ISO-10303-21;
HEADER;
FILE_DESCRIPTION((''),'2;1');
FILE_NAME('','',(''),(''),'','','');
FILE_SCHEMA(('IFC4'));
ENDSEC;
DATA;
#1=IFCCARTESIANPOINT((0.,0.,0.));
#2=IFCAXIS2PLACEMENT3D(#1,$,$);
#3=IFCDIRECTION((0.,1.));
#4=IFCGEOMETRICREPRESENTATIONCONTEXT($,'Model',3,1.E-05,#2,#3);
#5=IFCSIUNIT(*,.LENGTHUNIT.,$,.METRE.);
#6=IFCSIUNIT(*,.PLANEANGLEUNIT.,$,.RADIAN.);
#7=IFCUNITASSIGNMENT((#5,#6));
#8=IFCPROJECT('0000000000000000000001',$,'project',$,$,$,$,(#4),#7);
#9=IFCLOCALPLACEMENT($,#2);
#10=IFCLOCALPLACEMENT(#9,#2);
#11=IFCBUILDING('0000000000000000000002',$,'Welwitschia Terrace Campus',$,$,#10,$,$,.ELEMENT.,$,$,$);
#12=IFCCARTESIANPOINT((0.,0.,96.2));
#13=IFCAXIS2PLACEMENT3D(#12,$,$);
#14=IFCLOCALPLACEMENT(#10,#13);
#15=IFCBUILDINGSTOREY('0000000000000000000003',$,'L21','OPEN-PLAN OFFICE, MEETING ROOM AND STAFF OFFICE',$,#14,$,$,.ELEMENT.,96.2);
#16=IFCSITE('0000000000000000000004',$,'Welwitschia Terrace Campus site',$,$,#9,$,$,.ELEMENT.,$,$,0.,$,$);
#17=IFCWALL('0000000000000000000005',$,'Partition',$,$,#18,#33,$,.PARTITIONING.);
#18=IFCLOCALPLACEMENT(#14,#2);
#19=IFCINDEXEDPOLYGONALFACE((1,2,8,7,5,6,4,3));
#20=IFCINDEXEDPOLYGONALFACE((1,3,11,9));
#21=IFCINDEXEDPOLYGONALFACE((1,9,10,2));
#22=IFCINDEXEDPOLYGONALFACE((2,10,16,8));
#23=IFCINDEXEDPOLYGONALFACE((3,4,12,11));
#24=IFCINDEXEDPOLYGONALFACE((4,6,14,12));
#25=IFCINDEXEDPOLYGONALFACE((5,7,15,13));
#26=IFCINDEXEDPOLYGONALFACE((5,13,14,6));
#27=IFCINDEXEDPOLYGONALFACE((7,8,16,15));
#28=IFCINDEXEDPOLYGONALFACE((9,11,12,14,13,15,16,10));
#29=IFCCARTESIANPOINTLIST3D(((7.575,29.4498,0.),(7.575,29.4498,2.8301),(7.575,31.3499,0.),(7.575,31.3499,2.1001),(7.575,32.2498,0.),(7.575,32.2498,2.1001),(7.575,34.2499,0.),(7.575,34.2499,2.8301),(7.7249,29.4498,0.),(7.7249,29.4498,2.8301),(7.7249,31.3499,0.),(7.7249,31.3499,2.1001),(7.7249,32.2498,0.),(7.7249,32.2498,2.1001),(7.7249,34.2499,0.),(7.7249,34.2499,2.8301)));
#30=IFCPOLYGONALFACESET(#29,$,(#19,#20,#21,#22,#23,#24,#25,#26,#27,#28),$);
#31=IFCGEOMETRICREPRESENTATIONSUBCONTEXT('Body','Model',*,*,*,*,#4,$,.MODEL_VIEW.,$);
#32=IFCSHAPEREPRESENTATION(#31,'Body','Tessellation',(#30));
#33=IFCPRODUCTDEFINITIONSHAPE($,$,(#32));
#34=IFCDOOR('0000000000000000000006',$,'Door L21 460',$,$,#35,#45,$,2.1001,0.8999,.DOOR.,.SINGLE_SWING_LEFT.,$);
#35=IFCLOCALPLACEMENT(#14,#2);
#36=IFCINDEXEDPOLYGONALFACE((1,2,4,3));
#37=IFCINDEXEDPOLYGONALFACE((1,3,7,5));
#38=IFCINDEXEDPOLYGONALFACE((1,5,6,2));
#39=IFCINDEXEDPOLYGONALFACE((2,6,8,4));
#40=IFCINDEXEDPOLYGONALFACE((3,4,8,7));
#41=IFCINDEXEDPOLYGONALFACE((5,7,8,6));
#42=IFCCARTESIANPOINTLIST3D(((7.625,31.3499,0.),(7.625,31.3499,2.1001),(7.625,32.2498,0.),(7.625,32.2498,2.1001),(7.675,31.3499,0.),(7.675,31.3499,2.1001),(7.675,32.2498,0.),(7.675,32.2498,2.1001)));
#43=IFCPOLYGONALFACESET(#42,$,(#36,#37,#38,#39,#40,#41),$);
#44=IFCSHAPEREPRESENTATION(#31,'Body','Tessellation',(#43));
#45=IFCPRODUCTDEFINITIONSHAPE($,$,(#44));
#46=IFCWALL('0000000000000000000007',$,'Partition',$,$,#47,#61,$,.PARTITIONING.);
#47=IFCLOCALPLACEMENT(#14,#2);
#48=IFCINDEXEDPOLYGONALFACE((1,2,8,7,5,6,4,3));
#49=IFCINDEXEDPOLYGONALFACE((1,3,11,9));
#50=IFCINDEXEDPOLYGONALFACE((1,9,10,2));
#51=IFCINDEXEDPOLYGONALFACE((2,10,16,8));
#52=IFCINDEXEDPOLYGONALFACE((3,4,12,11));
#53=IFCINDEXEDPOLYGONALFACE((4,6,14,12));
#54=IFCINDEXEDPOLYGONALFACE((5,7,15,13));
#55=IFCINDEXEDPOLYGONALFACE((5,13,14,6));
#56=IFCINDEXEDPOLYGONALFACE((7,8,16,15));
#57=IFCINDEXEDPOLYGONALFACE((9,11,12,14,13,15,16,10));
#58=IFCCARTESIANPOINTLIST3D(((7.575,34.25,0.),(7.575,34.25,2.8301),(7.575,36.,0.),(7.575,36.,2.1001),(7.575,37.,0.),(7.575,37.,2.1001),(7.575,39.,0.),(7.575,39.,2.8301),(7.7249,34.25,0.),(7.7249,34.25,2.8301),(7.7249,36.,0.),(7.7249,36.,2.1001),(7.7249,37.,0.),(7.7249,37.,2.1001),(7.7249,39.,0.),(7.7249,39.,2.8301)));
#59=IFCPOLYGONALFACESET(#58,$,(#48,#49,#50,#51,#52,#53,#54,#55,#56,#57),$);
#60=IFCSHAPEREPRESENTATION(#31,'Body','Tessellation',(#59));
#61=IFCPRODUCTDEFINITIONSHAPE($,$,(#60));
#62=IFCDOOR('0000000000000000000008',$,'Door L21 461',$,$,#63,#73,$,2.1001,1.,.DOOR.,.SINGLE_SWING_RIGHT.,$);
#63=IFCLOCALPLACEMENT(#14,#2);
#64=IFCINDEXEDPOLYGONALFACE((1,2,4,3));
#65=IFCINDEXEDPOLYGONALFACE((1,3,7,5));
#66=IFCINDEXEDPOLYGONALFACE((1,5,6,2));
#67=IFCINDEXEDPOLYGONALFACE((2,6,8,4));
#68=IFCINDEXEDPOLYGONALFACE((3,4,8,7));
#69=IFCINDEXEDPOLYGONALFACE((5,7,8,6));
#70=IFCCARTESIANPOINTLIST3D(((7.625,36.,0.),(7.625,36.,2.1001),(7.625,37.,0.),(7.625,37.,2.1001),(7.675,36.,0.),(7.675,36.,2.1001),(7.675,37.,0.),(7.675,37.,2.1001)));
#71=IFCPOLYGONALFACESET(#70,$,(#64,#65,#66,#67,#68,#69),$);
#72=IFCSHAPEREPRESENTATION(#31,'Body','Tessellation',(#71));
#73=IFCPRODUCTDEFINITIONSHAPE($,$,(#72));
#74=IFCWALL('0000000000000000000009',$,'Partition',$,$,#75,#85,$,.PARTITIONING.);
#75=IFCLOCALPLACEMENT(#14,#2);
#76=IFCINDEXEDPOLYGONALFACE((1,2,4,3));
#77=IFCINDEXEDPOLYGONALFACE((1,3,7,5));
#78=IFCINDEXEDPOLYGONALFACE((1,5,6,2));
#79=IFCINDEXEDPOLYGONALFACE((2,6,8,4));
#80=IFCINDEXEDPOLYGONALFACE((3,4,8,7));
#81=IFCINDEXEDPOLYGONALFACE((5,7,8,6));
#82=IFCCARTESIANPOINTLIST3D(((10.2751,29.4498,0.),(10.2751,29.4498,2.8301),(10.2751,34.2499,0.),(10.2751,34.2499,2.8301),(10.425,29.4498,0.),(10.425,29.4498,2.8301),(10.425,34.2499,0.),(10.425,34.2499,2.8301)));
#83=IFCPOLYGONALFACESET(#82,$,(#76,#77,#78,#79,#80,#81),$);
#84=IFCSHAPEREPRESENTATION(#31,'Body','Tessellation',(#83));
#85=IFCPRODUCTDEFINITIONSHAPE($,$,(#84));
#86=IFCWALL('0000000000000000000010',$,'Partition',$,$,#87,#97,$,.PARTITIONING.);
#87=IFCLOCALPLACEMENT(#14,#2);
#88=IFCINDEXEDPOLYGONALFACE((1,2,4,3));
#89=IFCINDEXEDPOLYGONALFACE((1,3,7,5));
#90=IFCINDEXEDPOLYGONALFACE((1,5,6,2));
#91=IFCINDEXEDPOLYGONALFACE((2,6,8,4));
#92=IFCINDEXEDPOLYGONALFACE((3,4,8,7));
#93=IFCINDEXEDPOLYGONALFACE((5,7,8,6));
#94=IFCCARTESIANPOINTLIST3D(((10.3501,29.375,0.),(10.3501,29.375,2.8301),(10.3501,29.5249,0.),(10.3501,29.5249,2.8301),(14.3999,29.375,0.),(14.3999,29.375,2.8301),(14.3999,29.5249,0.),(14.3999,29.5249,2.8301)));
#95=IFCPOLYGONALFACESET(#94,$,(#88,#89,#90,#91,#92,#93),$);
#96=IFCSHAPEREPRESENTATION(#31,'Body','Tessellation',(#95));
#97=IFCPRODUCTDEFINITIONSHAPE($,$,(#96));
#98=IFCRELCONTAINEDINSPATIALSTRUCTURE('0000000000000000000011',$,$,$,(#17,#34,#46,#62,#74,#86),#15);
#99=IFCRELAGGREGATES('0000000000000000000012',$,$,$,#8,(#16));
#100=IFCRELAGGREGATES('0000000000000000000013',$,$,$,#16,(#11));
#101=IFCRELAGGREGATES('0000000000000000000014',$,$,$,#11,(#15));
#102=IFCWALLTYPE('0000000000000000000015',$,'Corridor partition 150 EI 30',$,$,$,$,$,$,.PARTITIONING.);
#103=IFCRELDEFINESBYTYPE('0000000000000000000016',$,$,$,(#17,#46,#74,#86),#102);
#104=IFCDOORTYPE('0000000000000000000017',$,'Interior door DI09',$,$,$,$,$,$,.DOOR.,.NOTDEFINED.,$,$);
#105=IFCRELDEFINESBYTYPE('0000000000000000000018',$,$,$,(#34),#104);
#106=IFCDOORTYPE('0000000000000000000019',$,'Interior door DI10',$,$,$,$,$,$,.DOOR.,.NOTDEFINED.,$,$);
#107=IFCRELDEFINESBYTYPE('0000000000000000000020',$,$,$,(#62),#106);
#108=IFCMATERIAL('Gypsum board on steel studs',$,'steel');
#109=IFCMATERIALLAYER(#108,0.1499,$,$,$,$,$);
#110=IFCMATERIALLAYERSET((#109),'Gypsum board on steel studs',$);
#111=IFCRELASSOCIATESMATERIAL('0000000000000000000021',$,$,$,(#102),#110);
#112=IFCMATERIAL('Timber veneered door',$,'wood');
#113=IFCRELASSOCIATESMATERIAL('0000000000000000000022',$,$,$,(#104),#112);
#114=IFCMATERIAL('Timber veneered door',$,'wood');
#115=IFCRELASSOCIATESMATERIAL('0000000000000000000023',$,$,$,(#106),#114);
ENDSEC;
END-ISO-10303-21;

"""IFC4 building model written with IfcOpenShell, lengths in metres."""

from ifc_helpers import new_model, si_unit, direction, frame, frame_2d, origin, place, context, subcontext, project, spatial, rectangle, extrude, material, layer, layer_set, type_object, element, fill, save


model = new_model("IFC4")

# Units and contexts
model_context = context("Model", 3, precision=1e-05, world=origin(), true_north=direction((0.0, 1.0)))
body_context = subcontext(model_context, "Body", "Model", "MODEL_VIEW")
ifc_project = project(units=[si_unit("LENGTHUNIT", "METRE"), si_unit("PLANEANGLEUNIT", "RADIAN")], contexts=[model_context])

# Site, building, storey
site_placement = place(None, origin())
site = spatial("IfcSite", under=ifc_project, at=site_placement, Name="Welwitschia Terrace Campus site", CompositionType="ELEMENT", RefElevation=0.0)
building_placement = place(site_placement, origin())
building = spatial("IfcBuilding", under=site, at=building_placement, Name="Welwitschia Terrace Campus", CompositionType="ELEMENT")
storey_placement = place(building_placement, frame((0.0, 0.0, 96.2)))
storey = spatial("IfcBuildingStorey", under=building, at=storey_placement, Name="L21", Description="OPEN-PLAN OFFICE, MEETING ROOM AND STAFF OFFICE", CompositionType="ELEMENT", Elevation=96.2)

# Shared definitions
ifc_material_1 = material(Name="Gypsum board on steel studs", Category="steel")
ifc_layer_1 = layer(ifc_material_1, 0.1499)
ifc_layer_set_1 = layer_set([ifc_layer_1], Name="Gypsum board on steel studs")
wall_type = type_object("IfcWallType", Name="Corridor partition 150 EI 30", PredefinedType="PARTITIONING", material=ifc_layer_set_1)

# Walls, openings, doors
wall_1_placement = place(storey_placement, frame((7.6499, 29.45, 0.0), z_axis=(0.0, 0.0, 1.0), x_axis=(0.0, 1.0, 0.0)))
wall_1 = element("IfcWall", 1, at=wall_1_placement, inside=storey, type_object=wall_type, Name="Partition", PredefinedType="PARTITIONING", context=body_context, shape_type="SweptSolid", body=[
    extrude(rectangle(XDim=4.8, YDim=0.1499, at=frame_2d((2.3999, 0.0))), origin(), (0.0, 0.0, 1.0), 2.8301),
])
opening_1_placement = place(wall_1_placement, frame((1.8999, 0.0, 0.0)))
opening_1 = element("IfcOpeningElement", 2, at=opening_1_placement, cuts=wall_1, PredefinedType="OPENING", context=body_context, shape_type="SweptSolid", body=[
    extrude(rectangle(XDim=0.8999, YDim=2.1001, at=frame_2d((0.45, 1.05))), frame((0.0, 0.085, 0.0), z_axis=(0.0, -1.0, 0.0), x_axis=(1.0, 0.0, 0.0)), (0.0, 0.0, 1.0), 0.1699),
])
ifc_material_2 = material(Name="Timber veneered door", Category="wood")
door_type_1 = type_object("IfcDoorType", Name="Interior door DI09", OperationType="NOTDEFINED", PredefinedType="DOOR", material=ifc_material_2)
door_1_placement = place(opening_1_placement, origin())
door_1 = element("IfcDoor", 3, at=door_1_placement, inside=storey, type_object=door_type_1, Name="Door L21 460", OperationType="SINGLE_SWING_LEFT", OverallHeight=2.1001, OverallWidth=0.8999, PredefinedType="DOOR", context=body_context, shape_type="SweptSolid", body=[
    extrude(rectangle(XDim=0.8999, YDim=2.1001, at=frame_2d((0.45, 1.05))), frame((0.0, 0.0249, 0.0), z_axis=(0.0, -1.0, 0.0), x_axis=(1.0, 0.0, 0.0)), (0.0, 0.0, 1.0), 0.05),
])
fill(opening_1, door_1)
wall_2_placement = place(storey_placement, frame((7.6499, 34.25, 0.0), z_axis=(0.0, 0.0, 1.0), x_axis=(0.0, 1.0, 0.0)))
wall_2 = element("IfcWall", 4, at=wall_2_placement, inside=storey, type_object=wall_type, Name="Partition", PredefinedType="PARTITIONING", context=body_context, shape_type="SweptSolid", body=[
    extrude(rectangle(XDim=4.75, YDim=0.1499, at=frame_2d((2.375, 0.0))), origin(), (0.0, 0.0, 1.0), 2.8301),
])
opening_2_placement = place(wall_2_placement, frame((1.75, 0.0, 0.0)))
opening_2 = element("IfcOpeningElement", 5, at=opening_2_placement, cuts=wall_2, PredefinedType="OPENING", context=body_context, shape_type="SweptSolid", body=[
    extrude(rectangle(XDim=1.0, YDim=2.1001, at=frame_2d((0.5, 1.05))), frame((0.0, 0.085, 0.0), z_axis=(0.0, -1.0, 0.0), x_axis=(1.0, 0.0, 0.0)), (0.0, 0.0, 1.0), 0.1699),
])
ifc_material_3 = material(Name="Timber veneered door", Category="wood")
door_type_2 = type_object("IfcDoorType", Name="Interior door DI10", OperationType="NOTDEFINED", PredefinedType="DOOR", material=ifc_material_3)
door_2_placement = place(opening_2_placement, origin())
door_2 = element("IfcDoor", 6, at=door_2_placement, inside=storey, type_object=door_type_2, Name="Door L21 461", OperationType="SINGLE_SWING_RIGHT", OverallHeight=2.1001, OverallWidth=1.0, PredefinedType="DOOR", context=body_context, shape_type="SweptSolid", body=[
    extrude(rectangle(XDim=1.0, YDim=2.1001, at=frame_2d((0.5, 1.05))), frame((0.0, 0.0249, 0.0), z_axis=(0.0, -1.0, 0.0), x_axis=(1.0, 0.0, 0.0)), (0.0, 0.0, 1.0), 0.05),
])
fill(opening_2, door_2)

# Walls
wall_3_placement = place(storey_placement, frame((10.3501, 29.45, 0.0), z_axis=(0.0, 0.0, 1.0), x_axis=(0.0, 1.0, 0.0)))
element("IfcWall", 7, at=wall_3_placement, inside=storey, type_object=wall_type, Name="Partition", PredefinedType="PARTITIONING", context=body_context, shape_type="SweptSolid", body=[
    extrude(rectangle(XDim=4.8, YDim=0.1499, at=frame_2d((2.3999, 0.0))), origin(), (0.0, 0.0, 1.0), 2.8301),
])
wall_4_placement = place(storey_placement, frame((10.3501, 29.45, 0.0), z_axis=(0.0, 0.0, 1.0), x_axis=(1.0, 0.0, 0.0)))
element("IfcWall", 8, at=wall_4_placement, inside=storey, type_object=wall_type, Name="Partition", PredefinedType="PARTITIONING", context=body_context, shape_type="SweptSolid", body=[
    extrude(rectangle(XDim=4.0498, YDim=0.1499, at=frame_2d((2.0249, 0.0))), origin(), (0.0, 0.0, 1.0), 2.8301),
])

save(model, "model.ifc")
